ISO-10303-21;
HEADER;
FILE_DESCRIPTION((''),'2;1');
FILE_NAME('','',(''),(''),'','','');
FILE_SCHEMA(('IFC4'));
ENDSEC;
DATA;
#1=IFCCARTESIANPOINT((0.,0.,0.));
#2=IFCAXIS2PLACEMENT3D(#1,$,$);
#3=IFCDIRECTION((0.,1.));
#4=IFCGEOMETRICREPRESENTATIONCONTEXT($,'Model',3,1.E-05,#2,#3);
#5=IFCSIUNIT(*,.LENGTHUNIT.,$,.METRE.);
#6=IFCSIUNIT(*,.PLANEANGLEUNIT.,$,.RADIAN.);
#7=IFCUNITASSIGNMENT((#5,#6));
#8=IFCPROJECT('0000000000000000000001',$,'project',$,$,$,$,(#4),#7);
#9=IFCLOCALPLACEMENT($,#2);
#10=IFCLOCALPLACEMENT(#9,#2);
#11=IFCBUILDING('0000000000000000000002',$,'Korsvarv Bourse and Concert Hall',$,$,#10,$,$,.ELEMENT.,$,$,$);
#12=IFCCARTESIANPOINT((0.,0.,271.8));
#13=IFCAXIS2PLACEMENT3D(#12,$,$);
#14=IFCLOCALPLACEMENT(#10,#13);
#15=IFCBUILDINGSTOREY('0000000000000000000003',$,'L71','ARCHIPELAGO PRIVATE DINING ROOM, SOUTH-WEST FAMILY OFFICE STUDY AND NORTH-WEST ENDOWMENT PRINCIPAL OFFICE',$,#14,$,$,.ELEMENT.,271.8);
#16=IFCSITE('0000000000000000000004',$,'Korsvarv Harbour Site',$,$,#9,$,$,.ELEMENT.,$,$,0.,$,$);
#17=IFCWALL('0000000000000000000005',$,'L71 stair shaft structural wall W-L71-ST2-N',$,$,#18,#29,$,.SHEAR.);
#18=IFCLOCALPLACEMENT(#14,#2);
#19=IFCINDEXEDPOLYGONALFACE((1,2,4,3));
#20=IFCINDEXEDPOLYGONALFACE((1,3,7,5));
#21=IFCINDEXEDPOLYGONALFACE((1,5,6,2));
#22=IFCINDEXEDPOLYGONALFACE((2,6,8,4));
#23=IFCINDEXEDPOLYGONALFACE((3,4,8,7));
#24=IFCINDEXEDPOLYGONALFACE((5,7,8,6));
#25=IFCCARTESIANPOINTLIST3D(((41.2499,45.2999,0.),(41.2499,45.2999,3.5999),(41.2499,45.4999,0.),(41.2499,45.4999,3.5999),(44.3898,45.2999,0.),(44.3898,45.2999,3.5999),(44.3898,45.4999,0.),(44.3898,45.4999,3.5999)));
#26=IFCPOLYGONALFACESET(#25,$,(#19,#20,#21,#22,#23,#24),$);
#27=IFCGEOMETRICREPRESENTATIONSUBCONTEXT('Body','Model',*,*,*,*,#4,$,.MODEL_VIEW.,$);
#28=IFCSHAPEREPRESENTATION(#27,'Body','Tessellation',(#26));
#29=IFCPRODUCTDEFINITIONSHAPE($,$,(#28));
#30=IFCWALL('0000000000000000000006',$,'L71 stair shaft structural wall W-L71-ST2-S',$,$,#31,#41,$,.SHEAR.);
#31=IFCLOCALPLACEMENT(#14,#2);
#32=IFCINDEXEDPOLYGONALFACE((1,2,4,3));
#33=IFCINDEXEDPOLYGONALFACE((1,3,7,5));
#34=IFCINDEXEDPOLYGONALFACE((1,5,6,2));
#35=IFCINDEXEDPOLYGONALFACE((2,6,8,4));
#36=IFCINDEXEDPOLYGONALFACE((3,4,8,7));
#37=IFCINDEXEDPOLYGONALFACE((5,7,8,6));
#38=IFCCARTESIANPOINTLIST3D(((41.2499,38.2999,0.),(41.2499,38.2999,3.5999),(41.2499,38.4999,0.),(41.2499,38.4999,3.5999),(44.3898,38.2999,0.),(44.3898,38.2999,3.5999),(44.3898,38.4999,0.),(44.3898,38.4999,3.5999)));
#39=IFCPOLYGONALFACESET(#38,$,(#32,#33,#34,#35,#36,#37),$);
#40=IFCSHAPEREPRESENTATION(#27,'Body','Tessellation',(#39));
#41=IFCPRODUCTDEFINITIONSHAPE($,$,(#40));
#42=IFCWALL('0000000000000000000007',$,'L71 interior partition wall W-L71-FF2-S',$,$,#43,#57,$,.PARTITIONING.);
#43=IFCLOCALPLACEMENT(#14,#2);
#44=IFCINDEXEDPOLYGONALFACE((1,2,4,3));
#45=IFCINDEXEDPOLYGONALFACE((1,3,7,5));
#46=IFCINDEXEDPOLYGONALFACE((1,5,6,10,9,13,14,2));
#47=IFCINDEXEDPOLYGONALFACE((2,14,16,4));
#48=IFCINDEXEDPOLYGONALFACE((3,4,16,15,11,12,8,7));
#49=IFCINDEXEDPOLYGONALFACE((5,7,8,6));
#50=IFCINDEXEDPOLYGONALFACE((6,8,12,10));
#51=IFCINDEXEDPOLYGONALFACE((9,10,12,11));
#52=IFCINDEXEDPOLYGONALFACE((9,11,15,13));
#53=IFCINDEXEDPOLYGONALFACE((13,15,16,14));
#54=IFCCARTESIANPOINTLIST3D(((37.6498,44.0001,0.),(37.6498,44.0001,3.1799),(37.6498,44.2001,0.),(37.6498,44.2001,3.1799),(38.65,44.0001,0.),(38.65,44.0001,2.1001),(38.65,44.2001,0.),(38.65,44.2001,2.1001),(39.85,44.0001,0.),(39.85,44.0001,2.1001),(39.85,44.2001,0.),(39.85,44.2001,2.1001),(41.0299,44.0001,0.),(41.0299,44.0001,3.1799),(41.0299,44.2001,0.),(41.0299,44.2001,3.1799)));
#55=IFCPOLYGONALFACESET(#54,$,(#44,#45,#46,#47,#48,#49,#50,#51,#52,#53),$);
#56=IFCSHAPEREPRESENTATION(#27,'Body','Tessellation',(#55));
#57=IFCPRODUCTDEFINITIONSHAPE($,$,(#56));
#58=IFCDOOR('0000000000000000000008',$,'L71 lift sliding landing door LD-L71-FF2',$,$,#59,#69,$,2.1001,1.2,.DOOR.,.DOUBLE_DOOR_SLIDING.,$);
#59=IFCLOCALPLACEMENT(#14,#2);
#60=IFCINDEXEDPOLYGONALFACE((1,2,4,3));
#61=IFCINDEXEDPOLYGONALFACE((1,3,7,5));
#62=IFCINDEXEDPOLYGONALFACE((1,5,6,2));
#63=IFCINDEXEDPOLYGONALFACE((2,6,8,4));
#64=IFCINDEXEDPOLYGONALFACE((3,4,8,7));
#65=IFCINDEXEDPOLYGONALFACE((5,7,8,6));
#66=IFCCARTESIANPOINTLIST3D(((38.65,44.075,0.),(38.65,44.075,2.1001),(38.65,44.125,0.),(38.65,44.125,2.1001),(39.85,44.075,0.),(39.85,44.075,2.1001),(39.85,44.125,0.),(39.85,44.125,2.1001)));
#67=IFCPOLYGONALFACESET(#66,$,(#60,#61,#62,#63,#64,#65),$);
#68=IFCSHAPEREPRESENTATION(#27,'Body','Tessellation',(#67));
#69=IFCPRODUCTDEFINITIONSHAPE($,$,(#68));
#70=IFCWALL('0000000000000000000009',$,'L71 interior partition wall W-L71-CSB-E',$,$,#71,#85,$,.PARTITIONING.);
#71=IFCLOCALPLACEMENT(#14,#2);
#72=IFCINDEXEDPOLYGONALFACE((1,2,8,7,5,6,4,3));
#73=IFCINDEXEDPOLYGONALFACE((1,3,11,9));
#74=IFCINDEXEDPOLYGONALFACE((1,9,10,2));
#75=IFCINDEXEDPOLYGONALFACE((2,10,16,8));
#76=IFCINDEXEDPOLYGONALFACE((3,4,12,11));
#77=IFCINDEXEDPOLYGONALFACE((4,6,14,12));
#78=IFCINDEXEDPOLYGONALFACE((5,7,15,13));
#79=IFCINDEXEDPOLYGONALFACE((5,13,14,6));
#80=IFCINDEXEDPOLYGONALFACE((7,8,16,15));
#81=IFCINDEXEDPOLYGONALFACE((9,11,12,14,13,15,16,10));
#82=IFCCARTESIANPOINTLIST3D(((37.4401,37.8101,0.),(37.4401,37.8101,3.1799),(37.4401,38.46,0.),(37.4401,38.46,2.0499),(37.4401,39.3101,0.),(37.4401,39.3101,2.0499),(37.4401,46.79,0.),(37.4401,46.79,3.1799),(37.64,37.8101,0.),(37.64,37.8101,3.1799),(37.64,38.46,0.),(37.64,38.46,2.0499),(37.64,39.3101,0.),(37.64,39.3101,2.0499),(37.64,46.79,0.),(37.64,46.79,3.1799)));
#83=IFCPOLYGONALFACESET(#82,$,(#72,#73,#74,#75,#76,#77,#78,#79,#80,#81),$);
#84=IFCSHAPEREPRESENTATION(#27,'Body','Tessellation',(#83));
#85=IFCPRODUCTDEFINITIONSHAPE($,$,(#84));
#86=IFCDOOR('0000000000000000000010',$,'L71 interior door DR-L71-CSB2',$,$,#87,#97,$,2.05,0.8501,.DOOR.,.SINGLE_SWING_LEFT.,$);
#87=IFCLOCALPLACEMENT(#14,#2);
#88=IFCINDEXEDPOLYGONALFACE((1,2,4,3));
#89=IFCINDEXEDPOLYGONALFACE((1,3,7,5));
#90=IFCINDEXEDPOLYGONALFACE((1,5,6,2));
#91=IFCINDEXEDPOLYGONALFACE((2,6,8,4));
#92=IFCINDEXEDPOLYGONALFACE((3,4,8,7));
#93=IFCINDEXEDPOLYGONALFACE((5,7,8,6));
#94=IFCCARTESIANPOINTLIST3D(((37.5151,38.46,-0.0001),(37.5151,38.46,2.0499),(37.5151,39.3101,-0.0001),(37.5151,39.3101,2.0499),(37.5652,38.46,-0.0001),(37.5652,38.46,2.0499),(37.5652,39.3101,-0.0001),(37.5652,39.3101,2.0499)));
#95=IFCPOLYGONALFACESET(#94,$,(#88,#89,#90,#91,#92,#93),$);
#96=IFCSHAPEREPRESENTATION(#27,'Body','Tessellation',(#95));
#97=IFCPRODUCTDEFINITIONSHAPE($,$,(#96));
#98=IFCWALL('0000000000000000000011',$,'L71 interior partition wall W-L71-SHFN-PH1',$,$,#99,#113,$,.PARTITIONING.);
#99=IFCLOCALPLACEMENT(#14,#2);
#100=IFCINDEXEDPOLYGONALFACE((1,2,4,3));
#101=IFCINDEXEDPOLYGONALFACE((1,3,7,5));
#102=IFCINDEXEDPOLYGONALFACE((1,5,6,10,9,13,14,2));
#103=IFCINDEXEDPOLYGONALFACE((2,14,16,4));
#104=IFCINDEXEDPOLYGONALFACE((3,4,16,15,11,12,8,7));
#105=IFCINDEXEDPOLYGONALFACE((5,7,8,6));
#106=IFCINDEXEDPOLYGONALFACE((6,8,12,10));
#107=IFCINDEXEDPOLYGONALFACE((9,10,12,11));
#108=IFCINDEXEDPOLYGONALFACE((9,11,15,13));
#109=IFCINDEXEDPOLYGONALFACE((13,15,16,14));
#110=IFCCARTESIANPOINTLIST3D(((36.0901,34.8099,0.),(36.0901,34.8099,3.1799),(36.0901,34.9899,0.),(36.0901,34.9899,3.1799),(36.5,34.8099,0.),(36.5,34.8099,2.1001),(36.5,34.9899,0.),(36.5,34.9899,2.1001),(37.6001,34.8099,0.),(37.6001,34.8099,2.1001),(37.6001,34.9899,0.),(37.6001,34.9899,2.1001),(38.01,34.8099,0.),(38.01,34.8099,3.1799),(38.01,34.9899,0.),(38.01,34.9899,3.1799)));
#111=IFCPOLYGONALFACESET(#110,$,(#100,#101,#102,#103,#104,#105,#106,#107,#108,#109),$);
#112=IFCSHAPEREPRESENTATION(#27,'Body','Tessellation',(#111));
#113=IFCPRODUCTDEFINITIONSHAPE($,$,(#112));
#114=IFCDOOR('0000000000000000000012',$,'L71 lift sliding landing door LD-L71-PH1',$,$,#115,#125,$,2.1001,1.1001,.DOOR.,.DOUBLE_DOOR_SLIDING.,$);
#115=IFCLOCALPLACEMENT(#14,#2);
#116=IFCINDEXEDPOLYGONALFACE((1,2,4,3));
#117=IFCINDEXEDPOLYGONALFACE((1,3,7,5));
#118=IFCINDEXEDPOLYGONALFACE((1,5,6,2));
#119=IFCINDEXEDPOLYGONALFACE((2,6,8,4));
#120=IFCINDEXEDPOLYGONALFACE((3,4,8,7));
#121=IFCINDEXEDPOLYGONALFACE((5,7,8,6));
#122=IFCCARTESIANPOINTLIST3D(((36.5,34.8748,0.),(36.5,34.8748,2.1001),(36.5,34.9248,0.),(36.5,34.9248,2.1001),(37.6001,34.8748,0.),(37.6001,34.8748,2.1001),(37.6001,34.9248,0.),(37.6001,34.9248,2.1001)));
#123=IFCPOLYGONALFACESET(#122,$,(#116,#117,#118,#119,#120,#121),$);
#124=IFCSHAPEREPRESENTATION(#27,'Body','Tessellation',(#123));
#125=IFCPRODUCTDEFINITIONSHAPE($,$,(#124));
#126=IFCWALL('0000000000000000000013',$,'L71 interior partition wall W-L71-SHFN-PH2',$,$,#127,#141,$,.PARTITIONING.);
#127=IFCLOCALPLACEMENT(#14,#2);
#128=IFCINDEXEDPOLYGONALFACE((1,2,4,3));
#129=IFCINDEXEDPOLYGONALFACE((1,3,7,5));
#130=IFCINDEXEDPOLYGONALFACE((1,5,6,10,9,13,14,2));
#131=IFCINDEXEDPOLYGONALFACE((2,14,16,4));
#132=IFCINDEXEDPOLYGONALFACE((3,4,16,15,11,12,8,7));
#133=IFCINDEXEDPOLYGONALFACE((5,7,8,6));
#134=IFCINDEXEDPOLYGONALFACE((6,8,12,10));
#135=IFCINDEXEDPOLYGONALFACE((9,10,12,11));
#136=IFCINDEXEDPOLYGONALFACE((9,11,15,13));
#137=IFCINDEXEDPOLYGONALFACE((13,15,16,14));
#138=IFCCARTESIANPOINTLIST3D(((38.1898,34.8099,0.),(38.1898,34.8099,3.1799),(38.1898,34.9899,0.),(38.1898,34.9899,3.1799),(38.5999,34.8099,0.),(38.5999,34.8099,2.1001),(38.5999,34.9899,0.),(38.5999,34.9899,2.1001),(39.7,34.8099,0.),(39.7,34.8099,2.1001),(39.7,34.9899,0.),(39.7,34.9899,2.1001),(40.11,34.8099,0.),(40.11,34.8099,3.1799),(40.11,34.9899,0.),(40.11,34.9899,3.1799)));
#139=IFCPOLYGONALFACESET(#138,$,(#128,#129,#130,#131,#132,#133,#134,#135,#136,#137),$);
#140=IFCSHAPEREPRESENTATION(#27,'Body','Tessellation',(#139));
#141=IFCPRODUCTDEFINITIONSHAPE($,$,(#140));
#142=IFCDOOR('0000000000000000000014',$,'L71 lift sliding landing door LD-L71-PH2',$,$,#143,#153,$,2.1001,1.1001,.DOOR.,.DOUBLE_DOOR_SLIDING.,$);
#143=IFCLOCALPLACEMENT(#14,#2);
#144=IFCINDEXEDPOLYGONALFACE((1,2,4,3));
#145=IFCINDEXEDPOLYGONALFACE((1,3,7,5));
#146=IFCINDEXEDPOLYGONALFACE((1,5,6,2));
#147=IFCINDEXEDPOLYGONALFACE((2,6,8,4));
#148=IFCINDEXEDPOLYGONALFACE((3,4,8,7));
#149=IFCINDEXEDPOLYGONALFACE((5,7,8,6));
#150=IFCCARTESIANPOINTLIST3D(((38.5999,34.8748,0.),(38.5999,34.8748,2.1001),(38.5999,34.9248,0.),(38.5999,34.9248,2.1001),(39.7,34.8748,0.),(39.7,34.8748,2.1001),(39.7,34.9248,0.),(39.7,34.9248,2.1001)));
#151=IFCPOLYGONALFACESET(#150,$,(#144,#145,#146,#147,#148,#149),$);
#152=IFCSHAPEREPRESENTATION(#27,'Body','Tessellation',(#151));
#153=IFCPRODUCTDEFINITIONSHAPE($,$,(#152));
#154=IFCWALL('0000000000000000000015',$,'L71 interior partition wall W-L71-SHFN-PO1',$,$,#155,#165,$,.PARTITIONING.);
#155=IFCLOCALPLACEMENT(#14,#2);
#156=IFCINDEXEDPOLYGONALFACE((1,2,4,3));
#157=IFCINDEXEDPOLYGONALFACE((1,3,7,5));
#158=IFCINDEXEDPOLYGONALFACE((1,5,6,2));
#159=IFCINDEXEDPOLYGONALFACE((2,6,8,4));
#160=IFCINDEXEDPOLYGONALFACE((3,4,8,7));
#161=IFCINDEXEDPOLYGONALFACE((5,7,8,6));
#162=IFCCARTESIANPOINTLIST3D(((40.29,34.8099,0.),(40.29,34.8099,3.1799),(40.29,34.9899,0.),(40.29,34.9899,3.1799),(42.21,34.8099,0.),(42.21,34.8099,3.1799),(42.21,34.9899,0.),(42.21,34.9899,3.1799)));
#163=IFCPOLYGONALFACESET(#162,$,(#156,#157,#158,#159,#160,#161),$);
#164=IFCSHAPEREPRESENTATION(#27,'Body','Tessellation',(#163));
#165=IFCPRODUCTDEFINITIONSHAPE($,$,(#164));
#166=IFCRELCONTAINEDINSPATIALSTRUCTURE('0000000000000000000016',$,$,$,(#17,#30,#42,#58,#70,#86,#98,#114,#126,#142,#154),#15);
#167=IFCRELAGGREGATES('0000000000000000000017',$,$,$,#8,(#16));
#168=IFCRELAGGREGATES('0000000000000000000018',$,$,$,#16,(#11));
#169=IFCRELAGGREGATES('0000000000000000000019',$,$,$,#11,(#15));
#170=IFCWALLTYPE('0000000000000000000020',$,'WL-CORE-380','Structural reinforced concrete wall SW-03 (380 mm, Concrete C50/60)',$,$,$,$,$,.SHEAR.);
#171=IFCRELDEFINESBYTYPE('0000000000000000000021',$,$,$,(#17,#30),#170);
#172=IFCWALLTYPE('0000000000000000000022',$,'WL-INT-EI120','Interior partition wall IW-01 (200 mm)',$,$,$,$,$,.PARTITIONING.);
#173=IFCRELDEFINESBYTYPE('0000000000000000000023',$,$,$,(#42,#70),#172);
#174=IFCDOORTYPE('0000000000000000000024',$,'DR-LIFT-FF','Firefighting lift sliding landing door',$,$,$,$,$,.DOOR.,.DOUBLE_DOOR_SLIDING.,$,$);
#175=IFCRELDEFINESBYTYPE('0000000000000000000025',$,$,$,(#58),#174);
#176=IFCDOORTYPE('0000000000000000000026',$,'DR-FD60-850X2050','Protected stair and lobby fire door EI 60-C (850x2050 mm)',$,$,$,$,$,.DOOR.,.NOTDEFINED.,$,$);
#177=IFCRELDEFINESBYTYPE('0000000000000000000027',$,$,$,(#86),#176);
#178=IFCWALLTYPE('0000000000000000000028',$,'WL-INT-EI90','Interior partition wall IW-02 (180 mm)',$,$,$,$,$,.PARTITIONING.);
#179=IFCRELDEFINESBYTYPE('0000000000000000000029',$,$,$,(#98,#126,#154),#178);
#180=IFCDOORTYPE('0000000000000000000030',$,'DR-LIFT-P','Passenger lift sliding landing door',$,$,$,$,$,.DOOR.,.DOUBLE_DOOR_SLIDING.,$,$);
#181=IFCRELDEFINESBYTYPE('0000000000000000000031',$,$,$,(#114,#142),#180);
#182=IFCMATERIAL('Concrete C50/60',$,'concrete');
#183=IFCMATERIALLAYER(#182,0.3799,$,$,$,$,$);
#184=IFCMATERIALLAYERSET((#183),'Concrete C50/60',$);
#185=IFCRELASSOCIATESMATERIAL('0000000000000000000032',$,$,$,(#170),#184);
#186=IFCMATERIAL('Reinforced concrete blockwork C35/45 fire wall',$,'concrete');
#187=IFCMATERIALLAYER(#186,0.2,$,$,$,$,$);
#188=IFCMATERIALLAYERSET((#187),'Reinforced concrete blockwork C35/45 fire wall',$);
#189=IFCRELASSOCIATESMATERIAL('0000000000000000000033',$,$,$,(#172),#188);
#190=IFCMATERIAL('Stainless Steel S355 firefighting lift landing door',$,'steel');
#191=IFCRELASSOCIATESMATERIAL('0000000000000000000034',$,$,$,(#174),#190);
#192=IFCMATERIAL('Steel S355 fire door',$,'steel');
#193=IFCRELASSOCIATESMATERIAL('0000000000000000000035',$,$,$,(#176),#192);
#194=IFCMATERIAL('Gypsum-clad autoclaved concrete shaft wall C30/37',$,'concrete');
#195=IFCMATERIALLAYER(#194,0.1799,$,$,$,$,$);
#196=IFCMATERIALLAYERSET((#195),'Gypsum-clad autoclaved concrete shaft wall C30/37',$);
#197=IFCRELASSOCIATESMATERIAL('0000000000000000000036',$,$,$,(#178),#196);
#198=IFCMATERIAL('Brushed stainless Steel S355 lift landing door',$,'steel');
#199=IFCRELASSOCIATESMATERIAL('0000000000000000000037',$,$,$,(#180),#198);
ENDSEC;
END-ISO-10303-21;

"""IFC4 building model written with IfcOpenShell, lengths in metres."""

from ifc_helpers import new_model, si_unit, direction, frame, frame_2d, origin, place, context, subcontext, project, spatial, rectangle, extrude, material, layer, layer_set, type_object, element, fill, save


model = new_model("IFC4")

# Units and contexts
model_context = context("Model", 3, precision=1e-05, world=origin(), true_north=direction((0.0, 1.0)))
body_context = subcontext(model_context, "Body", "Model", "MODEL_VIEW")
ifc_project = project(units=[si_unit("LENGTHUNIT", "METRE"), si_unit("PLANEANGLEUNIT", "RADIAN")], contexts=[model_context])

# Site, building, storey
site_placement = place(None, origin())
site = spatial("IfcSite", under=ifc_project, at=site_placement, Name="Korsvarv Harbour Site", CompositionType="ELEMENT", RefElevation=0.0)
building_placement = place(site_placement, origin())
building = spatial("IfcBuilding", under=site, at=building_placement, Name="Korsvarv Bourse and Concert Hall", CompositionType="ELEMENT")
storey_placement = place(building_placement, frame((0.0, 0.0, 271.8)))
storey = spatial("IfcBuildingStorey", under=building, at=storey_placement, Name="L71", Description="ARCHIPELAGO PRIVATE DINING ROOM, SOUTH-WEST FAMILY OFFICE STUDY AND NORTH-WEST ENDOWMENT PRINCIPAL OFFICE", CompositionType="ELEMENT", Elevation=271.8)

# Shared definitions
ifc_material_1 = material(Name="Concrete C50/60", Category="concrete")

# Shared definitions
ifc_layer_1 = layer(ifc_material_1, 0.3799)
ifc_layer_set_1 = layer_set([ifc_layer_1], Name="Concrete C50/60")
wall_type_1 = type_object("IfcWallType", Name="WL-CORE-380", Description="Structural reinforced concrete wall SW-03 (380 mm, Concrete C50/60)", PredefinedType="SHEAR", material=ifc_layer_set_1)
ifc_material_2 = material(Name="Steel S355 fire door", Category="steel")

# Walls
for number, where, z_axis, x_axis, name in (
    (1, (41.25, 45.3999, 0.0), (0.0, 0.0, 1.0), (1.0, 0.0, 0.0), "L71 stair shaft structural wall W-L71-ST2-N"),
    (2, (41.25, 38.3999, 0.0), (0.0, 0.0, 1.0), (1.0, 0.0, 0.0), "L71 stair shaft structural wall W-L71-ST2-S"),
):
    element("IfcWall", number, at=place(storey_placement, frame(where, z_axis=z_axis, x_axis=x_axis)), inside=storey, type_object=wall_type_1, Name=name, PredefinedType="SHEAR", context=body_context, shape_type="SweptSolid", body=[
        extrude(rectangle(XDim=3.1399, YDim=0.2, at=frame_2d((1.5698, 0.0))), origin(), (0.0, 0.0, 1.0), 3.5999),
    ])

# Walls, openings, doors
ifc_material_3 = material(Name="Reinforced concrete blockwork C35/45 fire wall", Category="concrete")
ifc_layer_2 = layer(ifc_material_3, 0.2)
ifc_layer_set_2 = layer_set([ifc_layer_2], Name="Reinforced concrete blockwork C35/45 fire wall")
wall_type_2 = type_object("IfcWallType", Name="WL-INT-EI120", Description="Interior partition wall IW-01 (200 mm)", PredefinedType="PARTITIONING", material=ifc_layer_set_2)
wall_1_placement = place(storey_placement, frame((37.6499, 44.1001, 0.0), z_axis=(0.0, 0.0, 1.0), x_axis=(1.0, 0.0, 0.0)))
wall_1 = element("IfcWall", 3, at=wall_1_placement, inside=storey, type_object=wall_type_2, Name="L71 interior partition wall W-L71-FF2-S", PredefinedType="PARTITIONING", context=body_context, shape_type="SweptSolid", body=[
    extrude(rectangle(XDim=3.3801, YDim=0.2, at=frame_2d((1.6899, 0.0))), origin(), (0.0, 0.0, 1.0), 3.1799),
])
opening_1_placement = place(wall_1_placement, frame((1.0, 0.0, 0.0)))
opening_1 = element("IfcOpeningElement", 4, at=opening_1_placement, cuts=wall_1, PredefinedType="OPENING", context=body_context, shape_type="SweptSolid", body=[
    extrude(rectangle(XDim=1.2, YDim=2.1001, at=frame_2d((0.6001, 1.05))), frame((0.0, 0.1099, 0.0), z_axis=(0.0, -1.0, 0.0), x_axis=(1.0, 0.0, 0.0)), (0.0, 0.0, 1.0), 0.22),
])
ifc_material_4 = material(Name="Stainless Steel S355 firefighting lift landing door", Category="steel")
door_type_1 = type_object("IfcDoorType", Name="DR-LIFT-FF", Description="Firefighting lift sliding landing door", OperationType="DOUBLE_DOOR_SLIDING", PredefinedType="DOOR", material=ifc_material_4)
door_1_placement = place(opening_1_placement, origin())
door_1 = element("IfcDoor", 5, at=door_1_placement, inside=storey, type_object=door_type_1, Name="L71 lift sliding landing door LD-L71-FF2", OperationType="DOUBLE_DOOR_SLIDING", OverallHeight=2.1001, OverallWidth=1.2, PredefinedType="DOOR", context=body_context, shape_type="SweptSolid", body=[
    extrude(rectangle(XDim=1.2, YDim=2.1001, at=frame_2d((0.6001, 1.05))), frame((0.0, 0.0249, 0.0), z_axis=(0.0, -1.0, 0.0), x_axis=(1.0, 0.0, 0.0)), (0.0, 0.0, 1.0), 0.05),
])
fill(opening_1, door_1)
wall_2_placement = place(storey_placement, frame((37.54, 37.8101, 0.0), z_axis=(0.0, 0.0, 1.0), x_axis=(0.0, 1.0, 0.0)))
wall_2 = element("IfcWall", 6, at=wall_2_placement, inside=storey, type_object=wall_type_2, Name="L71 interior partition wall W-L71-CSB-E", PredefinedType="PARTITIONING", context=body_context, shape_type="SweptSolid", body=[
    extrude(rectangle(XDim=8.98, YDim=0.2, at=frame_2d((4.49, 0.0))), origin(), (0.0, 0.0, 1.0), 3.1799),
])
opening_2_placement = place(wall_2_placement, frame((0.6499, 0.0, 0.0)))
opening_2 = element("IfcOpeningElement", 7, at=opening_2_placement, cuts=wall_2, PredefinedType="OPENING", context=body_context, shape_type="SweptSolid", body=[
    extrude(rectangle(XDim=0.8501, YDim=2.05, at=frame_2d((0.425, 1.0249))), frame((0.0, 0.1099, 0.0), z_axis=(0.0, -1.0, 0.0), x_axis=(1.0, 0.0, 0.0)), (0.0, 0.0, 1.0), 0.22),
])
door_type_2 = type_object("IfcDoorType", Name="DR-FD60-850X2050", Description="Protected stair and lobby fire door EI 60-C (850x2050 mm)", OperationType="NOTDEFINED", PredefinedType="DOOR", material=ifc_material_2)
door_2_placement = place(opening_2_placement, origin())
door_2 = element("IfcDoor", 8, at=door_2_placement, inside=storey, type_object=door_type_2, Name="L71 interior door DR-L71-CSB2", OperationType="SINGLE_SWING_LEFT", OverallHeight=2.05, OverallWidth=0.8501, PredefinedType="DOOR", context=body_context, shape_type="SweptSolid", body=[
    extrude(rectangle(XDim=0.8501, YDim=2.05, at=frame_2d((0.425, 1.0249))), frame((0.0, 0.0249, 0.0), z_axis=(0.0, -1.0, 0.0), x_axis=(1.0, 0.0, 0.0)), (0.0, 0.0, 1.0), 0.05),
])
fill(opening_2, door_2)
ifc_material_5 = material(Name="Gypsum-clad autoclaved concrete shaft wall C30/37", Category="concrete")
ifc_layer_3 = layer(ifc_material_5, 0.1799)
ifc_layer_set_3 = layer_set([ifc_layer_3], Name="Gypsum-clad autoclaved concrete shaft wall C30/37")
wall_type_3 = type_object("IfcWallType", Name="WL-INT-EI90", Description="Interior partition wall IW-02 (180 mm)", PredefinedType="PARTITIONING", material=ifc_layer_set_3)
wall_3_placement = place(storey_placement, frame((36.0901, 34.8999, 0.0), z_axis=(0.0, 0.0, 1.0), x_axis=(1.0, 0.0, 0.0)))
wall_3 = element("IfcWall", 9, at=wall_3_placement, inside=storey, type_object=wall_type_3, Name="L71 interior partition wall W-L71-SHFN-PH1", PredefinedType="PARTITIONING", context=body_context, shape_type="SweptSolid", body=[
    extrude(rectangle(XDim=1.9199, YDim=0.1799, at=frame_2d((0.96, 0.0))), origin(), (0.0, 0.0, 1.0), 3.1799),
])
opening_3_placement = place(wall_3_placement, frame((0.4099, 0.0, 0.0)))
opening_3 = element("IfcOpeningElement", 10, at=opening_3_placement, cuts=wall_3, PredefinedType="OPENING", context=body_context, shape_type="SweptSolid", body=[
    extrude(rectangle(XDim=1.1001, YDim=2.1001, at=frame_2d((0.55, 1.05))), frame((0.0, 0.1001, 0.0), z_axis=(0.0, -1.0, 0.0), x_axis=(1.0, 0.0, 0.0)), (0.0, 0.0, 1.0), 0.2),
])
ifc_material_6 = material(Name="Brushed stainless Steel S355 lift landing door", Category="steel")
door_type_3 = type_object("IfcDoorType", Name="DR-LIFT-P", Description="Passenger lift sliding landing door", OperationType="DOUBLE_DOOR_SLIDING", PredefinedType="DOOR", material=ifc_material_6)
door_3_placement = place(opening_3_placement, origin())
door_3 = element("IfcDoor", 11, at=door_3_placement, inside=storey, type_object=door_type_3, Name="L71 lift sliding landing door LD-L71-PH1", OperationType="DOUBLE_DOOR_SLIDING", OverallHeight=2.1001, OverallWidth=1.1001, PredefinedType="DOOR", context=body_context, shape_type="SweptSolid", body=[
    extrude(rectangle(XDim=1.1001, YDim=2.1001, at=frame_2d((0.55, 1.05))), frame((0.0, 0.0249, 0.0), z_axis=(0.0, -1.0, 0.0), x_axis=(1.0, 0.0, 0.0)), (0.0, 0.0, 1.0), 0.05),
])
fill(opening_3, door_3)
wall_4_placement = place(storey_placement, frame((38.1899, 34.8999, 0.0), z_axis=(0.0, 0.0, 1.0), x_axis=(1.0, 0.0, 0.0)))
wall_4 = element("IfcWall", 12, at=wall_4_placement, inside=storey, type_object=wall_type_3, Name="L71 interior partition wall W-L71-SHFN-PH2", PredefinedType="PARTITIONING", context=body_context, shape_type="SweptSolid", body=[
    extrude(rectangle(XDim=1.9202, YDim=0.1799, at=frame_2d((0.96, 0.0))), origin(), (0.0, 0.0, 1.0), 3.1799),
])
opening_4_placement = place(wall_4_placement, frame((0.4099, 0.0, 0.0)))
opening_4 = element("IfcOpeningElement", 13, at=opening_4_placement, cuts=wall_4, PredefinedType="OPENING", context=body_context, shape_type="SweptSolid", body=[
    extrude(rectangle(XDim=1.1001, YDim=2.1001, at=frame_2d((0.55, 1.05))), frame((0.0, 0.1001, 0.0), z_axis=(0.0, -1.0, 0.0), x_axis=(1.0, 0.0, 0.0)), (0.0, 0.0, 1.0), 0.2),
])
door_4_placement = place(opening_4_placement, origin())
door_4 = element("IfcDoor", 14, at=door_4_placement, inside=storey, type_object=door_type_3, Name="L71 lift sliding landing door LD-L71-PH2", OperationType="DOUBLE_DOOR_SLIDING", OverallHeight=2.1001, OverallWidth=1.1001, PredefinedType="DOOR", context=body_context, shape_type="SweptSolid", body=[
    extrude(rectangle(XDim=1.1001, YDim=2.1001, at=frame_2d((0.55, 1.05))), frame((0.0, 0.0249, 0.0), z_axis=(0.0, -1.0, 0.0), x_axis=(1.0, 0.0, 0.0)), (0.0, 0.0, 1.0), 0.05),
])
fill(opening_4, door_4)

# Wall
wall_5_placement = place(storey_placement, frame((40.29, 34.8999, 0.0), z_axis=(0.0, 0.0, 1.0), x_axis=(1.0, 0.0, 0.0)))
element("IfcWall", 15, at=wall_5_placement, inside=storey, type_object=wall_type_3, Name="L71 interior partition wall W-L71-SHFN-PO1", PredefinedType="PARTITIONING", context=body_context, shape_type="SweptSolid", body=[
    extrude(rectangle(XDim=1.9199, YDim=0.1799, at=frame_2d((0.96, 0.0))), origin(), (0.0, 0.0, 1.0), 3.1799),
])

save(model, "model.ifc")
